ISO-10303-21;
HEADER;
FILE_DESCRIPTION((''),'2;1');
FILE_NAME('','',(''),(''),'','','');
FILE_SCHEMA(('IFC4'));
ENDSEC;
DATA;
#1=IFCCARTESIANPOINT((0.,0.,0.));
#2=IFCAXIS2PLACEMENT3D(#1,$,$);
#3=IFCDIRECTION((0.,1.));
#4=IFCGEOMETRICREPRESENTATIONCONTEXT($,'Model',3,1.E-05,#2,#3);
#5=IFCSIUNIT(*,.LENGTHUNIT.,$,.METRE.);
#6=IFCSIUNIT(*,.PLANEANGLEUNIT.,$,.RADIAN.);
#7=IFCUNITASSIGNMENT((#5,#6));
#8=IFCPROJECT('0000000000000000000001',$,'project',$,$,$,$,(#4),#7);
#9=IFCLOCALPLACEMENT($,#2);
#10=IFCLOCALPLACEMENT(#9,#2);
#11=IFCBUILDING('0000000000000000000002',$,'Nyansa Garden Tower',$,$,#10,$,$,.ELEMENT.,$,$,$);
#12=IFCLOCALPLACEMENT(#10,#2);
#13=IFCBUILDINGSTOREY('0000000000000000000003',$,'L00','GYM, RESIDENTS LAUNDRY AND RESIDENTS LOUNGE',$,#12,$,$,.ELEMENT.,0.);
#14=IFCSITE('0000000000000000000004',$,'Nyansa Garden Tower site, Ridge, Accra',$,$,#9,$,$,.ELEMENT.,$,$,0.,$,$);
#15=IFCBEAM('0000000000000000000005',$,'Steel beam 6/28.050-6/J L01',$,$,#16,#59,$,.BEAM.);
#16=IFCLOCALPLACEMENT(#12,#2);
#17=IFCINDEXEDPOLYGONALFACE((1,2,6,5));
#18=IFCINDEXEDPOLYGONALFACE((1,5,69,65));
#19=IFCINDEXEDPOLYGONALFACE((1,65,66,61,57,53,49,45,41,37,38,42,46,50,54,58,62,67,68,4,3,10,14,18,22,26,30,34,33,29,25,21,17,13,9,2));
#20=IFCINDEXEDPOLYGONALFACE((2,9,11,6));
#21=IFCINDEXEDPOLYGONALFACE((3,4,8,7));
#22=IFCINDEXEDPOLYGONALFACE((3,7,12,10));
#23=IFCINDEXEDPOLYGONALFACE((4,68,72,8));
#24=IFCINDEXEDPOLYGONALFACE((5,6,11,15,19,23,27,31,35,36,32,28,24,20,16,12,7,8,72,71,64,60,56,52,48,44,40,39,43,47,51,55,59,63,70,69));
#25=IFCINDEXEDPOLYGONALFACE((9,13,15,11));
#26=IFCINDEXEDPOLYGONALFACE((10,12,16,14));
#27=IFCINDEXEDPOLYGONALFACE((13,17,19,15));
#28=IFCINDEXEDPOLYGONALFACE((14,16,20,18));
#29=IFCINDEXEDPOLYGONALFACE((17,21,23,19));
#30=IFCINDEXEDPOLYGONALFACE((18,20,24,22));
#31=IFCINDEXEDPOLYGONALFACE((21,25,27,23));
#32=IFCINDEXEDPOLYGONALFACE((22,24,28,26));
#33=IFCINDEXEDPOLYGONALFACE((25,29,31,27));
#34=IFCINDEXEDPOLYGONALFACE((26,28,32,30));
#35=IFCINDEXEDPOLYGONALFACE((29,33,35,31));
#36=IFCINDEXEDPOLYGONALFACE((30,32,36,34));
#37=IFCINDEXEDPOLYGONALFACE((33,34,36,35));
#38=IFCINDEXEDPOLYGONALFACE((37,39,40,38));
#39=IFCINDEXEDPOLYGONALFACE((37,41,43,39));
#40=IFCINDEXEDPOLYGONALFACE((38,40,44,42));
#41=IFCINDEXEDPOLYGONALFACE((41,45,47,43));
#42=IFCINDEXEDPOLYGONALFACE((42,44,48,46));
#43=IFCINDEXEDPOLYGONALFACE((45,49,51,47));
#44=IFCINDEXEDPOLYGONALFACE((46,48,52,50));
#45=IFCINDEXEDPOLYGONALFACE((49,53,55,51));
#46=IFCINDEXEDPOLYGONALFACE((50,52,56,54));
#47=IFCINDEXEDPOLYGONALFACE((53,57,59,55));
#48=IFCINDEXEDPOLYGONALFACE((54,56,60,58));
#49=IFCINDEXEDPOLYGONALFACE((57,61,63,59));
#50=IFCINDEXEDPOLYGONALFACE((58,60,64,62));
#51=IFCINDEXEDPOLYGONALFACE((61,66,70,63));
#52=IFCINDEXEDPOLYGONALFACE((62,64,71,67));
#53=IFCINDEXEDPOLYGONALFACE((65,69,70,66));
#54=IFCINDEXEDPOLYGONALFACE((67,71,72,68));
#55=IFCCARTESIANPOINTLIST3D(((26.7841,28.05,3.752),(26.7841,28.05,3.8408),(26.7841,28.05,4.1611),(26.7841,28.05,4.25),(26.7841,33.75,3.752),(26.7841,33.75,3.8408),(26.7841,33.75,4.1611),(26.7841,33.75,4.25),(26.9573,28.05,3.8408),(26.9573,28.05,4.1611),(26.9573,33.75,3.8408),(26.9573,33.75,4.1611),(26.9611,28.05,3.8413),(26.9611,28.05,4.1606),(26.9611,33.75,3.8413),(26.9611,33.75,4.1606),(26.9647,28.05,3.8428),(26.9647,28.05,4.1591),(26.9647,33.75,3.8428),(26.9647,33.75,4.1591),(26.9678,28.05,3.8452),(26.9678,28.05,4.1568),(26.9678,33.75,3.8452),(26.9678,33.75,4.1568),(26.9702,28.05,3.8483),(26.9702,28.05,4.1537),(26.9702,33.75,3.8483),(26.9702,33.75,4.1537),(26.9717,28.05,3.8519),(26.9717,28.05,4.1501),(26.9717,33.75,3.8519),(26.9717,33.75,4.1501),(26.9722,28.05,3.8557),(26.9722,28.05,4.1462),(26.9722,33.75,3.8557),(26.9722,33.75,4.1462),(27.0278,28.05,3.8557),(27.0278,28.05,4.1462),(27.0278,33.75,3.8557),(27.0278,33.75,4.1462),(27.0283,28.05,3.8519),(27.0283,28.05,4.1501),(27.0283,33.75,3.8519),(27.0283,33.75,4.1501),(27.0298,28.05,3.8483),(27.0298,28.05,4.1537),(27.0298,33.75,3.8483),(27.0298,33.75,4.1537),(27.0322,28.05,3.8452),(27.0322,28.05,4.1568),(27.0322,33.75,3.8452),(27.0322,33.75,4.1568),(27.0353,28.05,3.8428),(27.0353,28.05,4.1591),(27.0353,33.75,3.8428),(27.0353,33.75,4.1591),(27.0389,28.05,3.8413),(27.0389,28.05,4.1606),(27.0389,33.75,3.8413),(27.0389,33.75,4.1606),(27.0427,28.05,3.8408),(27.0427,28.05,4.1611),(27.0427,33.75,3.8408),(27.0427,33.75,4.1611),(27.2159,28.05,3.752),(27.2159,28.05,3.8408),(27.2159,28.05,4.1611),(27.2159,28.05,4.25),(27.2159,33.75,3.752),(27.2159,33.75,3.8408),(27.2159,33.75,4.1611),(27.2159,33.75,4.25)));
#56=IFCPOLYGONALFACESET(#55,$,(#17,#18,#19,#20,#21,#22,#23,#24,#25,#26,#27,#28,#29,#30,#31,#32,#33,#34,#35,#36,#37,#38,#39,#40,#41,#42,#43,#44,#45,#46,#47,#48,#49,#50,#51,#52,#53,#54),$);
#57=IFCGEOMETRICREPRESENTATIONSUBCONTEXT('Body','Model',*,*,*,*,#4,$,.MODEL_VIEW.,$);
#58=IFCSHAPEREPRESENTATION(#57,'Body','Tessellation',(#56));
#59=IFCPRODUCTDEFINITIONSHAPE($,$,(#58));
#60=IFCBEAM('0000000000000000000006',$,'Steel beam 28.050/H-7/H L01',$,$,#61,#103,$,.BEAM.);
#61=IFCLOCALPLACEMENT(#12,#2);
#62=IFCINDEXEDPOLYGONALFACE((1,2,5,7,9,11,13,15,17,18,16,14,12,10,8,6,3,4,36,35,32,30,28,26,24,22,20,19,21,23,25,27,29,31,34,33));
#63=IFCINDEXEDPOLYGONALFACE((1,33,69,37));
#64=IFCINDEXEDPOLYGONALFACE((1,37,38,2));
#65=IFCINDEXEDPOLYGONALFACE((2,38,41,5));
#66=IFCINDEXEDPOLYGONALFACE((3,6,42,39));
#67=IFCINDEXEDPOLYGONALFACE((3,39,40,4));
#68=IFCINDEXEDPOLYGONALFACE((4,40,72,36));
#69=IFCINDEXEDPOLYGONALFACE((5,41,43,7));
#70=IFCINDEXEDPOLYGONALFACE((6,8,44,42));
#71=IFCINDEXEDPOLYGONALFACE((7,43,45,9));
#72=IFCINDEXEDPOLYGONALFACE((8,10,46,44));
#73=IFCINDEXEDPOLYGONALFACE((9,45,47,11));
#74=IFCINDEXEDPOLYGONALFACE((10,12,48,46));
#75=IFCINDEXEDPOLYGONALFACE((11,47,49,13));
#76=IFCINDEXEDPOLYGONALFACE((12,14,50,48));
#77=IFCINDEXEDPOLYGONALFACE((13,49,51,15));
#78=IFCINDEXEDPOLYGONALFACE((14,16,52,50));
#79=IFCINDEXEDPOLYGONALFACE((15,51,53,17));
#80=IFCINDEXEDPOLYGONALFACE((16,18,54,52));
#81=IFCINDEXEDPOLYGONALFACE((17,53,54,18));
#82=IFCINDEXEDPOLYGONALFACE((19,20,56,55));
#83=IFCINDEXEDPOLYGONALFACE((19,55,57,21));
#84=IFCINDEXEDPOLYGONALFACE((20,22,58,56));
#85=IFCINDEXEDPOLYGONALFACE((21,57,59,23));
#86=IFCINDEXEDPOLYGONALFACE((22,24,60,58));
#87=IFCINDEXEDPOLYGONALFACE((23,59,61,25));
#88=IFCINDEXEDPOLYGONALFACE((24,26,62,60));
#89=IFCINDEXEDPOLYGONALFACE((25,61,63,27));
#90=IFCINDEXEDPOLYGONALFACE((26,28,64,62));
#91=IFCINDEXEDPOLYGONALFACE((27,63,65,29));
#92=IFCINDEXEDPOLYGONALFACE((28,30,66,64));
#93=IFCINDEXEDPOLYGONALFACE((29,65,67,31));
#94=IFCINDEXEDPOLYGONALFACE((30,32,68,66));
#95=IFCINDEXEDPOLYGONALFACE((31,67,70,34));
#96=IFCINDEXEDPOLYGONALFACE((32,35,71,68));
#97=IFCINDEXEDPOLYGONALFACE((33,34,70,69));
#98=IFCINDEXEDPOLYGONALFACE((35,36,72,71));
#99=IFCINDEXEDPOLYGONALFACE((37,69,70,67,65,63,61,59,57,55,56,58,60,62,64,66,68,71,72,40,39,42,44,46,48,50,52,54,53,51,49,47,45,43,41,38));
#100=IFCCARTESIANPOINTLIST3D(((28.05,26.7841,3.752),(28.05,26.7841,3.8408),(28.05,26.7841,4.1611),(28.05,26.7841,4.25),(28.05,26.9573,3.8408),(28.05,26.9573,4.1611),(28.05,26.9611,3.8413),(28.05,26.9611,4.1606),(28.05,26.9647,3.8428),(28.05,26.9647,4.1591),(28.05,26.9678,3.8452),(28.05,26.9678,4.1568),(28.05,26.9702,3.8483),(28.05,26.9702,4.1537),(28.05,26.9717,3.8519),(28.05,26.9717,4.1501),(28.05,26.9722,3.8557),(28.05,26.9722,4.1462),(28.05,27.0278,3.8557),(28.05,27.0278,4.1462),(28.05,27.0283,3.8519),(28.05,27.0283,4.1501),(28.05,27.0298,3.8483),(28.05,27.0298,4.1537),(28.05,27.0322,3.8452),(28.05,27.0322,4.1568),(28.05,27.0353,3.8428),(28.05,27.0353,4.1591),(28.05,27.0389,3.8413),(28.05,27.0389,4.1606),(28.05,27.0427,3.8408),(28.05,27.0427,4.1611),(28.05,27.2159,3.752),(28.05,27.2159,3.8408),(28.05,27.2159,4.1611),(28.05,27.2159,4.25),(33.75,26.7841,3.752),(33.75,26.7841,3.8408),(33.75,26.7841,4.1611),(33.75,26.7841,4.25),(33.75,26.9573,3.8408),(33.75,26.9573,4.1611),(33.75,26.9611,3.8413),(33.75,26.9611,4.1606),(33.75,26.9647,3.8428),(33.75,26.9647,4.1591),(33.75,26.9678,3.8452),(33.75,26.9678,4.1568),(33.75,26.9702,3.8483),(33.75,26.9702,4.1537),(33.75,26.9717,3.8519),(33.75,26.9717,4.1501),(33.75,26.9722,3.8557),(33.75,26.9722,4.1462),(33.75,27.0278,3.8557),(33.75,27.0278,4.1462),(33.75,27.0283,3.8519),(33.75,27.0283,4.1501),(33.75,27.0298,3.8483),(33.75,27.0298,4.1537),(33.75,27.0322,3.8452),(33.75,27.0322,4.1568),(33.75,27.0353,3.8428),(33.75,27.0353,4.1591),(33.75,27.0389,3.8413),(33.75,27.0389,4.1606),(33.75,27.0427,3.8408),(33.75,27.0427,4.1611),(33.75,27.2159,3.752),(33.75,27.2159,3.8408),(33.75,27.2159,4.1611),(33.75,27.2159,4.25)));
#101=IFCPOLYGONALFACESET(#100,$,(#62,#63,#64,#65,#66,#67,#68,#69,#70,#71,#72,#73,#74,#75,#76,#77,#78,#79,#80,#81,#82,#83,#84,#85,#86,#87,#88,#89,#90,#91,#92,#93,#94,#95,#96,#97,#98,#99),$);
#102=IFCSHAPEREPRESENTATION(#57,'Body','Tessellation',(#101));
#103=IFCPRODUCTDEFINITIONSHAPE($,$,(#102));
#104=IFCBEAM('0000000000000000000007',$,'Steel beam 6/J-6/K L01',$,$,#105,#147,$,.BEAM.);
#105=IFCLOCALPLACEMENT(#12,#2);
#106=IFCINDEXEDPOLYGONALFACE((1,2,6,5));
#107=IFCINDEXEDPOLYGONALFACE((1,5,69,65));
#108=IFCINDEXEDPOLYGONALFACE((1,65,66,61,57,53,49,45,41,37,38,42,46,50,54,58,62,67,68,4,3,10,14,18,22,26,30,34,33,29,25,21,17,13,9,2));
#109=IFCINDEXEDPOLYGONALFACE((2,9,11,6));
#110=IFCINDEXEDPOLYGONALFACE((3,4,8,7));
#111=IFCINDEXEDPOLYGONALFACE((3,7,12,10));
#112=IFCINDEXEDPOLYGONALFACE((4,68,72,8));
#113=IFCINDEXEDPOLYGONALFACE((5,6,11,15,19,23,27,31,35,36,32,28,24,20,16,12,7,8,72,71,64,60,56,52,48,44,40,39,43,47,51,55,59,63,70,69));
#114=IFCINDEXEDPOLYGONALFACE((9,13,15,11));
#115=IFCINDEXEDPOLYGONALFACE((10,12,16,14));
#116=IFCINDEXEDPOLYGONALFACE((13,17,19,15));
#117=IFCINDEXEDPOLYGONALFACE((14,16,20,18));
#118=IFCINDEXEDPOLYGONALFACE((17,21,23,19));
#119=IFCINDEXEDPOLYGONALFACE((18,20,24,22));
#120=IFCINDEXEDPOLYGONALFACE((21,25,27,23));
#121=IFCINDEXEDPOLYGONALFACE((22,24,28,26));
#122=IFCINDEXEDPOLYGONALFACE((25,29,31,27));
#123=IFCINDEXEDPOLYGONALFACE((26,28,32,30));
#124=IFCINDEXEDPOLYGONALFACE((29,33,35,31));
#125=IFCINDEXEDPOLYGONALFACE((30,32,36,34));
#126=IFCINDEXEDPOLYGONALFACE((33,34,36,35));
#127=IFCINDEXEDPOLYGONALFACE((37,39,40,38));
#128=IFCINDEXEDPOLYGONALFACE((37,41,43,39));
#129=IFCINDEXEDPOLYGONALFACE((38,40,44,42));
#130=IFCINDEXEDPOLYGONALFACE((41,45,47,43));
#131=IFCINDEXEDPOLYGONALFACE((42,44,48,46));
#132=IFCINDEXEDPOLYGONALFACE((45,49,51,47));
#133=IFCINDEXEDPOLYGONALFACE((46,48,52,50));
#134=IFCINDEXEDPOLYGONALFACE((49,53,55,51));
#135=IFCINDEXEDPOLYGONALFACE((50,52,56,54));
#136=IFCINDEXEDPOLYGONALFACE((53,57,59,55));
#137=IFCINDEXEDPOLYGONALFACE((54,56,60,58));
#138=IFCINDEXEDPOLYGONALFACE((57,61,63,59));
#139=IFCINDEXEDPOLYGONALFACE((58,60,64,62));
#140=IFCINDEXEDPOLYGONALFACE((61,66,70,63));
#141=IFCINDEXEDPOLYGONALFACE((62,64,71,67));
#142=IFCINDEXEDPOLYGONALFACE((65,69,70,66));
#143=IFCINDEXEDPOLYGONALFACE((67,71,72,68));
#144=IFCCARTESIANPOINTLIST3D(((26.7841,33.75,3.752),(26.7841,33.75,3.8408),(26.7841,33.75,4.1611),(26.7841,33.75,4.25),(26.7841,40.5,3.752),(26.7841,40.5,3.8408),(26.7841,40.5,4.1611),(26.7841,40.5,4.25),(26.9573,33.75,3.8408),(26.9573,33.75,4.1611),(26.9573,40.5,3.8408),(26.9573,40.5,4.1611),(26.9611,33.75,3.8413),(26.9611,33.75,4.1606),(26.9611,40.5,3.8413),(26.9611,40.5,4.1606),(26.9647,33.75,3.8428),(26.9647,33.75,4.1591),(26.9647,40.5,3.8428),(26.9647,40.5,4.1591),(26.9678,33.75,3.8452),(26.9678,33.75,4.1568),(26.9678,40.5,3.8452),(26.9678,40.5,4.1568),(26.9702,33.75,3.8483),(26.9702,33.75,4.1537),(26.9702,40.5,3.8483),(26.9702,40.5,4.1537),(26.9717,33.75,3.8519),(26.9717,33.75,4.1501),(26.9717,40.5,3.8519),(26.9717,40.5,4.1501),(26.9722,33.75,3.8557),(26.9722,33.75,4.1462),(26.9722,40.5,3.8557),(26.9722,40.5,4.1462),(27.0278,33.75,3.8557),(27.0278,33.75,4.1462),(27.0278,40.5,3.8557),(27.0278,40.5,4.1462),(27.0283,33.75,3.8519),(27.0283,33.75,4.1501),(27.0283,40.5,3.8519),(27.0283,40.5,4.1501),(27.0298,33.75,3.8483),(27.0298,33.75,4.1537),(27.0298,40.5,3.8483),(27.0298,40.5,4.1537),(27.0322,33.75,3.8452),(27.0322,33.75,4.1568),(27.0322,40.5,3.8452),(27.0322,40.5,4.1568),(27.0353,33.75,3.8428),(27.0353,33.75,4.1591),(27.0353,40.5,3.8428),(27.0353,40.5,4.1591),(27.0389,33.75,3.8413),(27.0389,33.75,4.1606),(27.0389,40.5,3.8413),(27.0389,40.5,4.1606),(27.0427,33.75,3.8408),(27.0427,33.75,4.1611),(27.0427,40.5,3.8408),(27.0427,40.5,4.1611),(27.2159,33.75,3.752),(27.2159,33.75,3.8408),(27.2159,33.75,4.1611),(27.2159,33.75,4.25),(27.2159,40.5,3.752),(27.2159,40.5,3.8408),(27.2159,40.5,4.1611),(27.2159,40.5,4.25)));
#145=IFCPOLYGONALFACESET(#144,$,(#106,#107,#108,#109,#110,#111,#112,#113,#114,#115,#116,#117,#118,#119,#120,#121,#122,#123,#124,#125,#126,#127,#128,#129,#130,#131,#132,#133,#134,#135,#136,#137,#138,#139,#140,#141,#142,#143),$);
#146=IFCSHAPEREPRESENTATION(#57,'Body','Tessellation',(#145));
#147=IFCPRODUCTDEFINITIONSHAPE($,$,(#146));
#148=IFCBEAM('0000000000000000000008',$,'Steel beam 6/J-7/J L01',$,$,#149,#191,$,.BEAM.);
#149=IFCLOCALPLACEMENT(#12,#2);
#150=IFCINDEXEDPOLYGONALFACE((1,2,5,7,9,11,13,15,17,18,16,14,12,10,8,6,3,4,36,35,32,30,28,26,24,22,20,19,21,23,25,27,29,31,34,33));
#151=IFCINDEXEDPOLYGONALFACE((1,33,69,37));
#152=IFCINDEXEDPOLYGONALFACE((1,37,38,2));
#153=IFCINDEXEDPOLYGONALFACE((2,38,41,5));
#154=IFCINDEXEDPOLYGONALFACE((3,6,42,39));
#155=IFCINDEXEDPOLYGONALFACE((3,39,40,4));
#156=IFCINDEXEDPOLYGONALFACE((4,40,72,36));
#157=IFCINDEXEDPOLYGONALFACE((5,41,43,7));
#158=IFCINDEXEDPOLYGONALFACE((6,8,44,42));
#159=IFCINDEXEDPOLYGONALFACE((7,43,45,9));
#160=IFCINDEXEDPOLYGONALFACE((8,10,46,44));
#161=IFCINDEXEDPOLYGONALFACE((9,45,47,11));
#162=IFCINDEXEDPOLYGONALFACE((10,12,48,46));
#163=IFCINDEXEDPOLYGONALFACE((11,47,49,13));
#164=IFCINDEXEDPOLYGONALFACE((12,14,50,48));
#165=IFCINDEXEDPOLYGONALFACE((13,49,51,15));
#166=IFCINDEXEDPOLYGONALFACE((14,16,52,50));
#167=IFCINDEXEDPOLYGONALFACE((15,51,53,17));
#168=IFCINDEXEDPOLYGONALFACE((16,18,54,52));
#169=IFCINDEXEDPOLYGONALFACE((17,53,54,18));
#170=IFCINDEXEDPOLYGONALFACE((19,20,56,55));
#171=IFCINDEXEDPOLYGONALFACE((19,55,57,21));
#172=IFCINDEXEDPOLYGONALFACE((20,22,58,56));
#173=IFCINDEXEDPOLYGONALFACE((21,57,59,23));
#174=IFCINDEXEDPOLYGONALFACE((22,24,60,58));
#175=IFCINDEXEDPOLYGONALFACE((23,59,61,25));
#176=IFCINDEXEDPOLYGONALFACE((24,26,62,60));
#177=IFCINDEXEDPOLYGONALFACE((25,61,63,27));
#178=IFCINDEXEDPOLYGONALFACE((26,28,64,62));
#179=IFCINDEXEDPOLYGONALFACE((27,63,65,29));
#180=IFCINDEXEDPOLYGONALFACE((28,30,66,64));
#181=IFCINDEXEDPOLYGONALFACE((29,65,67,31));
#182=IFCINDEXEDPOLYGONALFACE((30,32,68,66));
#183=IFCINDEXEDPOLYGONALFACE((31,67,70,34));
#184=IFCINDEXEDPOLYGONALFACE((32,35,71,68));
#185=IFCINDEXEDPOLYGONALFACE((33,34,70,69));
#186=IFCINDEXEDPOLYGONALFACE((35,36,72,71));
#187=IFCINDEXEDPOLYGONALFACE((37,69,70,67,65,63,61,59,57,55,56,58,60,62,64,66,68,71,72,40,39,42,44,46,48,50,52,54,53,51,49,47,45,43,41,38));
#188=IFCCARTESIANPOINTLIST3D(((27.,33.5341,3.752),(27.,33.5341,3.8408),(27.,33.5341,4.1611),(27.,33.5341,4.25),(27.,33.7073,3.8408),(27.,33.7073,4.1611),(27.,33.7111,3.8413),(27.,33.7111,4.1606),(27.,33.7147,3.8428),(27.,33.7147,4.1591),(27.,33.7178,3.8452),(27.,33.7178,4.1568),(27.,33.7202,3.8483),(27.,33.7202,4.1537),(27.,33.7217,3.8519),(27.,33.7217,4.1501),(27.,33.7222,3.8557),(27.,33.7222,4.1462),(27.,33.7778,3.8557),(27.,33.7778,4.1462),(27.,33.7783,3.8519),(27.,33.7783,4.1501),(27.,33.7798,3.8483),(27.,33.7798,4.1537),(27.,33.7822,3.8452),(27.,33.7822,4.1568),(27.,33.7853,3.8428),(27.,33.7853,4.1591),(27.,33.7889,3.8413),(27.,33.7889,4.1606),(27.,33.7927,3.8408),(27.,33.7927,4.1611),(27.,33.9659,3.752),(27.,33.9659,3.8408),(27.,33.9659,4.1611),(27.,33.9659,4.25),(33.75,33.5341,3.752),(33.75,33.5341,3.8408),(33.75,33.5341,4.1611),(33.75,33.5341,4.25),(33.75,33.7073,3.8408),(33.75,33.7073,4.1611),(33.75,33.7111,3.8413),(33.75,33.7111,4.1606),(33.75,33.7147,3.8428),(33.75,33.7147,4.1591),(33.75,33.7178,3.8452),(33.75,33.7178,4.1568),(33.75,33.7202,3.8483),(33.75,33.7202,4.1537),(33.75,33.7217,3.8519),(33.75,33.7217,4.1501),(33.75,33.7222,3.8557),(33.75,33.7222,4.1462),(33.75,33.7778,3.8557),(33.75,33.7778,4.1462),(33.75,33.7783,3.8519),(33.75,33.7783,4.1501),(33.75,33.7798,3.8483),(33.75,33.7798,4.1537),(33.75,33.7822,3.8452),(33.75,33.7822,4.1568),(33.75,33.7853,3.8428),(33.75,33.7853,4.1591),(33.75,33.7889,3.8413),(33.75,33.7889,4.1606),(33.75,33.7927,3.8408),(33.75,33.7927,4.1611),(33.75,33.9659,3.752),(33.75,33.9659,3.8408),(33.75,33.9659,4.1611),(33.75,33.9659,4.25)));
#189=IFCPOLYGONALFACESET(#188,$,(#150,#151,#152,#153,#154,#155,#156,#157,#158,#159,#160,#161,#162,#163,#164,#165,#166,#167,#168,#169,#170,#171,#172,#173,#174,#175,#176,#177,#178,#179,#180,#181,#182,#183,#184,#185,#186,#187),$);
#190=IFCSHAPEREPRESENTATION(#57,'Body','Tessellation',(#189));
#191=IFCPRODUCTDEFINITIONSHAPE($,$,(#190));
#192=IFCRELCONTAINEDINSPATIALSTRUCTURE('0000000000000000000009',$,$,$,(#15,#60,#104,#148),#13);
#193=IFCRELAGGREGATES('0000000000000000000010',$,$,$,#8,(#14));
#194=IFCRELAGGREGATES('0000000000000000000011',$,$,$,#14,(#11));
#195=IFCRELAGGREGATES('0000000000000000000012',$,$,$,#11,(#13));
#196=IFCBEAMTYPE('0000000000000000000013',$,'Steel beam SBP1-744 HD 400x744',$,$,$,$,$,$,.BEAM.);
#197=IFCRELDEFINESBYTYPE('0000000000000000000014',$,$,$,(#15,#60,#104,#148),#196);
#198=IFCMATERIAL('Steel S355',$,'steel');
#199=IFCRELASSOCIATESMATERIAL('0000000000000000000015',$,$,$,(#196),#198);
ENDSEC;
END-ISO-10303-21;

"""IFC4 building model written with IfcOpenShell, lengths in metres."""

from ifc_helpers import new_model, si_unit, direction, frame, origin, origin_2d, place, context, subcontext, project, spatial, i_section, extrude, material, material_profile, profile_set, type_object, element, save


model = new_model("IFC4")

# Units and contexts
model_context = context("Model", 3, precision=1e-05, world=origin(), true_north=direction((0.0, 1.0)))
body_context = subcontext(model_context, "Body", "Model", "MODEL_VIEW")
ifc_project = project(units=[si_unit("LENGTHUNIT", "METRE"), si_unit("PLANEANGLEUNIT", "RADIAN")], contexts=[model_context])

# Site, building, storey
site_placement = place(None, origin())
site = spatial("IfcSite", under=ifc_project, at=site_placement, Name="Nyansa Garden Tower site, Ridge, Accra", CompositionType="ELEMENT", RefElevation=0.0)
building_placement = place(site_placement, origin())
building = spatial("IfcBuilding", under=site, at=building_placement, Name="Nyansa Garden Tower", CompositionType="ELEMENT")
storey_placement = place(building_placement, origin())
storey = spatial("IfcBuildingStorey", under=building, at=storey_placement, Name="L00", Description="GYM, RESIDENTS LAUNDRY AND RESIDENTS LOUNGE", CompositionType="ELEMENT", Elevation=0.0)

# Beams
ifc_material_1 = material(Name="Steel S355", Category="steel")
ifc_material_profile_1 = material_profile(ifc_material_1, i_section(OverallWidth=0.4319, OverallDepth=0.498, WebThickness=0.0557, FlangeThickness=0.0889, FilletRadius=0.0149, at=origin_2d()), Name="HD 400x744")
ifc_profile_set_1 = profile_set([ifc_material_profile_1], Name="Steel S355")
beam_type_1 = type_object("IfcBeamType", Name="Steel beam SBP1-744 HD 400x744", PredefinedType="BEAM", material=ifc_profile_set_1)
for number, where, z_axis, x_axis, name in (
    (1, (27.0, 28.05, 4.001), (0.0, 1.0, 0.0), (-1.0, 0.0, 0.0), "Steel beam 6/28.050-6/J L01"),
    (2, (28.05, 27.0, 4.001), (1.0, 0.0, 0.0), (0.0, 1.0, 0.0), "Steel beam 28.050/H-7/H L01"),
):
    element("IfcBeam", number, at=place(storey_placement, frame(where, z_axis=z_axis, x_axis=x_axis)), inside=storey, type_object=beam_type_1, Name=name, PredefinedType="BEAM", context=body_context, shape_type="SweptSolid", body=[
        extrude(i_section(OverallWidth=0.4319, OverallDepth=0.498, WebThickness=0.0557, FlangeThickness=0.0889, FilletRadius=0.0149, at=origin_2d()), origin(), (0.0, 0.0, 1.0), 5.7),
    ])
for number, where, z_axis, x_axis, name in (
    (3, (27.0, 33.75, 4.001), (0.0, 1.0, 0.0), (-1.0, 0.0, 0.0), "Steel beam 6/J-6/K L01"),
    (4, (27.0, 33.75, 4.001), (1.0, 0.0, 0.0), (0.0, 1.0, 0.0), "Steel beam 6/J-7/J L01"),
):
    element("IfcBeam", number, at=place(storey_placement, frame(where, z_axis=z_axis, x_axis=x_axis)), inside=storey, type_object=beam_type_1, Name=name, PredefinedType="BEAM", context=body_context, shape_type="SweptSolid", body=[
        extrude(i_section(OverallWidth=0.4319, OverallDepth=0.498, WebThickness=0.0557, FlangeThickness=0.0889, FilletRadius=0.0149, at=origin_2d()), origin(), (0.0, 0.0, 1.0), 6.75),
    ])

save(model, "model.ifc")
